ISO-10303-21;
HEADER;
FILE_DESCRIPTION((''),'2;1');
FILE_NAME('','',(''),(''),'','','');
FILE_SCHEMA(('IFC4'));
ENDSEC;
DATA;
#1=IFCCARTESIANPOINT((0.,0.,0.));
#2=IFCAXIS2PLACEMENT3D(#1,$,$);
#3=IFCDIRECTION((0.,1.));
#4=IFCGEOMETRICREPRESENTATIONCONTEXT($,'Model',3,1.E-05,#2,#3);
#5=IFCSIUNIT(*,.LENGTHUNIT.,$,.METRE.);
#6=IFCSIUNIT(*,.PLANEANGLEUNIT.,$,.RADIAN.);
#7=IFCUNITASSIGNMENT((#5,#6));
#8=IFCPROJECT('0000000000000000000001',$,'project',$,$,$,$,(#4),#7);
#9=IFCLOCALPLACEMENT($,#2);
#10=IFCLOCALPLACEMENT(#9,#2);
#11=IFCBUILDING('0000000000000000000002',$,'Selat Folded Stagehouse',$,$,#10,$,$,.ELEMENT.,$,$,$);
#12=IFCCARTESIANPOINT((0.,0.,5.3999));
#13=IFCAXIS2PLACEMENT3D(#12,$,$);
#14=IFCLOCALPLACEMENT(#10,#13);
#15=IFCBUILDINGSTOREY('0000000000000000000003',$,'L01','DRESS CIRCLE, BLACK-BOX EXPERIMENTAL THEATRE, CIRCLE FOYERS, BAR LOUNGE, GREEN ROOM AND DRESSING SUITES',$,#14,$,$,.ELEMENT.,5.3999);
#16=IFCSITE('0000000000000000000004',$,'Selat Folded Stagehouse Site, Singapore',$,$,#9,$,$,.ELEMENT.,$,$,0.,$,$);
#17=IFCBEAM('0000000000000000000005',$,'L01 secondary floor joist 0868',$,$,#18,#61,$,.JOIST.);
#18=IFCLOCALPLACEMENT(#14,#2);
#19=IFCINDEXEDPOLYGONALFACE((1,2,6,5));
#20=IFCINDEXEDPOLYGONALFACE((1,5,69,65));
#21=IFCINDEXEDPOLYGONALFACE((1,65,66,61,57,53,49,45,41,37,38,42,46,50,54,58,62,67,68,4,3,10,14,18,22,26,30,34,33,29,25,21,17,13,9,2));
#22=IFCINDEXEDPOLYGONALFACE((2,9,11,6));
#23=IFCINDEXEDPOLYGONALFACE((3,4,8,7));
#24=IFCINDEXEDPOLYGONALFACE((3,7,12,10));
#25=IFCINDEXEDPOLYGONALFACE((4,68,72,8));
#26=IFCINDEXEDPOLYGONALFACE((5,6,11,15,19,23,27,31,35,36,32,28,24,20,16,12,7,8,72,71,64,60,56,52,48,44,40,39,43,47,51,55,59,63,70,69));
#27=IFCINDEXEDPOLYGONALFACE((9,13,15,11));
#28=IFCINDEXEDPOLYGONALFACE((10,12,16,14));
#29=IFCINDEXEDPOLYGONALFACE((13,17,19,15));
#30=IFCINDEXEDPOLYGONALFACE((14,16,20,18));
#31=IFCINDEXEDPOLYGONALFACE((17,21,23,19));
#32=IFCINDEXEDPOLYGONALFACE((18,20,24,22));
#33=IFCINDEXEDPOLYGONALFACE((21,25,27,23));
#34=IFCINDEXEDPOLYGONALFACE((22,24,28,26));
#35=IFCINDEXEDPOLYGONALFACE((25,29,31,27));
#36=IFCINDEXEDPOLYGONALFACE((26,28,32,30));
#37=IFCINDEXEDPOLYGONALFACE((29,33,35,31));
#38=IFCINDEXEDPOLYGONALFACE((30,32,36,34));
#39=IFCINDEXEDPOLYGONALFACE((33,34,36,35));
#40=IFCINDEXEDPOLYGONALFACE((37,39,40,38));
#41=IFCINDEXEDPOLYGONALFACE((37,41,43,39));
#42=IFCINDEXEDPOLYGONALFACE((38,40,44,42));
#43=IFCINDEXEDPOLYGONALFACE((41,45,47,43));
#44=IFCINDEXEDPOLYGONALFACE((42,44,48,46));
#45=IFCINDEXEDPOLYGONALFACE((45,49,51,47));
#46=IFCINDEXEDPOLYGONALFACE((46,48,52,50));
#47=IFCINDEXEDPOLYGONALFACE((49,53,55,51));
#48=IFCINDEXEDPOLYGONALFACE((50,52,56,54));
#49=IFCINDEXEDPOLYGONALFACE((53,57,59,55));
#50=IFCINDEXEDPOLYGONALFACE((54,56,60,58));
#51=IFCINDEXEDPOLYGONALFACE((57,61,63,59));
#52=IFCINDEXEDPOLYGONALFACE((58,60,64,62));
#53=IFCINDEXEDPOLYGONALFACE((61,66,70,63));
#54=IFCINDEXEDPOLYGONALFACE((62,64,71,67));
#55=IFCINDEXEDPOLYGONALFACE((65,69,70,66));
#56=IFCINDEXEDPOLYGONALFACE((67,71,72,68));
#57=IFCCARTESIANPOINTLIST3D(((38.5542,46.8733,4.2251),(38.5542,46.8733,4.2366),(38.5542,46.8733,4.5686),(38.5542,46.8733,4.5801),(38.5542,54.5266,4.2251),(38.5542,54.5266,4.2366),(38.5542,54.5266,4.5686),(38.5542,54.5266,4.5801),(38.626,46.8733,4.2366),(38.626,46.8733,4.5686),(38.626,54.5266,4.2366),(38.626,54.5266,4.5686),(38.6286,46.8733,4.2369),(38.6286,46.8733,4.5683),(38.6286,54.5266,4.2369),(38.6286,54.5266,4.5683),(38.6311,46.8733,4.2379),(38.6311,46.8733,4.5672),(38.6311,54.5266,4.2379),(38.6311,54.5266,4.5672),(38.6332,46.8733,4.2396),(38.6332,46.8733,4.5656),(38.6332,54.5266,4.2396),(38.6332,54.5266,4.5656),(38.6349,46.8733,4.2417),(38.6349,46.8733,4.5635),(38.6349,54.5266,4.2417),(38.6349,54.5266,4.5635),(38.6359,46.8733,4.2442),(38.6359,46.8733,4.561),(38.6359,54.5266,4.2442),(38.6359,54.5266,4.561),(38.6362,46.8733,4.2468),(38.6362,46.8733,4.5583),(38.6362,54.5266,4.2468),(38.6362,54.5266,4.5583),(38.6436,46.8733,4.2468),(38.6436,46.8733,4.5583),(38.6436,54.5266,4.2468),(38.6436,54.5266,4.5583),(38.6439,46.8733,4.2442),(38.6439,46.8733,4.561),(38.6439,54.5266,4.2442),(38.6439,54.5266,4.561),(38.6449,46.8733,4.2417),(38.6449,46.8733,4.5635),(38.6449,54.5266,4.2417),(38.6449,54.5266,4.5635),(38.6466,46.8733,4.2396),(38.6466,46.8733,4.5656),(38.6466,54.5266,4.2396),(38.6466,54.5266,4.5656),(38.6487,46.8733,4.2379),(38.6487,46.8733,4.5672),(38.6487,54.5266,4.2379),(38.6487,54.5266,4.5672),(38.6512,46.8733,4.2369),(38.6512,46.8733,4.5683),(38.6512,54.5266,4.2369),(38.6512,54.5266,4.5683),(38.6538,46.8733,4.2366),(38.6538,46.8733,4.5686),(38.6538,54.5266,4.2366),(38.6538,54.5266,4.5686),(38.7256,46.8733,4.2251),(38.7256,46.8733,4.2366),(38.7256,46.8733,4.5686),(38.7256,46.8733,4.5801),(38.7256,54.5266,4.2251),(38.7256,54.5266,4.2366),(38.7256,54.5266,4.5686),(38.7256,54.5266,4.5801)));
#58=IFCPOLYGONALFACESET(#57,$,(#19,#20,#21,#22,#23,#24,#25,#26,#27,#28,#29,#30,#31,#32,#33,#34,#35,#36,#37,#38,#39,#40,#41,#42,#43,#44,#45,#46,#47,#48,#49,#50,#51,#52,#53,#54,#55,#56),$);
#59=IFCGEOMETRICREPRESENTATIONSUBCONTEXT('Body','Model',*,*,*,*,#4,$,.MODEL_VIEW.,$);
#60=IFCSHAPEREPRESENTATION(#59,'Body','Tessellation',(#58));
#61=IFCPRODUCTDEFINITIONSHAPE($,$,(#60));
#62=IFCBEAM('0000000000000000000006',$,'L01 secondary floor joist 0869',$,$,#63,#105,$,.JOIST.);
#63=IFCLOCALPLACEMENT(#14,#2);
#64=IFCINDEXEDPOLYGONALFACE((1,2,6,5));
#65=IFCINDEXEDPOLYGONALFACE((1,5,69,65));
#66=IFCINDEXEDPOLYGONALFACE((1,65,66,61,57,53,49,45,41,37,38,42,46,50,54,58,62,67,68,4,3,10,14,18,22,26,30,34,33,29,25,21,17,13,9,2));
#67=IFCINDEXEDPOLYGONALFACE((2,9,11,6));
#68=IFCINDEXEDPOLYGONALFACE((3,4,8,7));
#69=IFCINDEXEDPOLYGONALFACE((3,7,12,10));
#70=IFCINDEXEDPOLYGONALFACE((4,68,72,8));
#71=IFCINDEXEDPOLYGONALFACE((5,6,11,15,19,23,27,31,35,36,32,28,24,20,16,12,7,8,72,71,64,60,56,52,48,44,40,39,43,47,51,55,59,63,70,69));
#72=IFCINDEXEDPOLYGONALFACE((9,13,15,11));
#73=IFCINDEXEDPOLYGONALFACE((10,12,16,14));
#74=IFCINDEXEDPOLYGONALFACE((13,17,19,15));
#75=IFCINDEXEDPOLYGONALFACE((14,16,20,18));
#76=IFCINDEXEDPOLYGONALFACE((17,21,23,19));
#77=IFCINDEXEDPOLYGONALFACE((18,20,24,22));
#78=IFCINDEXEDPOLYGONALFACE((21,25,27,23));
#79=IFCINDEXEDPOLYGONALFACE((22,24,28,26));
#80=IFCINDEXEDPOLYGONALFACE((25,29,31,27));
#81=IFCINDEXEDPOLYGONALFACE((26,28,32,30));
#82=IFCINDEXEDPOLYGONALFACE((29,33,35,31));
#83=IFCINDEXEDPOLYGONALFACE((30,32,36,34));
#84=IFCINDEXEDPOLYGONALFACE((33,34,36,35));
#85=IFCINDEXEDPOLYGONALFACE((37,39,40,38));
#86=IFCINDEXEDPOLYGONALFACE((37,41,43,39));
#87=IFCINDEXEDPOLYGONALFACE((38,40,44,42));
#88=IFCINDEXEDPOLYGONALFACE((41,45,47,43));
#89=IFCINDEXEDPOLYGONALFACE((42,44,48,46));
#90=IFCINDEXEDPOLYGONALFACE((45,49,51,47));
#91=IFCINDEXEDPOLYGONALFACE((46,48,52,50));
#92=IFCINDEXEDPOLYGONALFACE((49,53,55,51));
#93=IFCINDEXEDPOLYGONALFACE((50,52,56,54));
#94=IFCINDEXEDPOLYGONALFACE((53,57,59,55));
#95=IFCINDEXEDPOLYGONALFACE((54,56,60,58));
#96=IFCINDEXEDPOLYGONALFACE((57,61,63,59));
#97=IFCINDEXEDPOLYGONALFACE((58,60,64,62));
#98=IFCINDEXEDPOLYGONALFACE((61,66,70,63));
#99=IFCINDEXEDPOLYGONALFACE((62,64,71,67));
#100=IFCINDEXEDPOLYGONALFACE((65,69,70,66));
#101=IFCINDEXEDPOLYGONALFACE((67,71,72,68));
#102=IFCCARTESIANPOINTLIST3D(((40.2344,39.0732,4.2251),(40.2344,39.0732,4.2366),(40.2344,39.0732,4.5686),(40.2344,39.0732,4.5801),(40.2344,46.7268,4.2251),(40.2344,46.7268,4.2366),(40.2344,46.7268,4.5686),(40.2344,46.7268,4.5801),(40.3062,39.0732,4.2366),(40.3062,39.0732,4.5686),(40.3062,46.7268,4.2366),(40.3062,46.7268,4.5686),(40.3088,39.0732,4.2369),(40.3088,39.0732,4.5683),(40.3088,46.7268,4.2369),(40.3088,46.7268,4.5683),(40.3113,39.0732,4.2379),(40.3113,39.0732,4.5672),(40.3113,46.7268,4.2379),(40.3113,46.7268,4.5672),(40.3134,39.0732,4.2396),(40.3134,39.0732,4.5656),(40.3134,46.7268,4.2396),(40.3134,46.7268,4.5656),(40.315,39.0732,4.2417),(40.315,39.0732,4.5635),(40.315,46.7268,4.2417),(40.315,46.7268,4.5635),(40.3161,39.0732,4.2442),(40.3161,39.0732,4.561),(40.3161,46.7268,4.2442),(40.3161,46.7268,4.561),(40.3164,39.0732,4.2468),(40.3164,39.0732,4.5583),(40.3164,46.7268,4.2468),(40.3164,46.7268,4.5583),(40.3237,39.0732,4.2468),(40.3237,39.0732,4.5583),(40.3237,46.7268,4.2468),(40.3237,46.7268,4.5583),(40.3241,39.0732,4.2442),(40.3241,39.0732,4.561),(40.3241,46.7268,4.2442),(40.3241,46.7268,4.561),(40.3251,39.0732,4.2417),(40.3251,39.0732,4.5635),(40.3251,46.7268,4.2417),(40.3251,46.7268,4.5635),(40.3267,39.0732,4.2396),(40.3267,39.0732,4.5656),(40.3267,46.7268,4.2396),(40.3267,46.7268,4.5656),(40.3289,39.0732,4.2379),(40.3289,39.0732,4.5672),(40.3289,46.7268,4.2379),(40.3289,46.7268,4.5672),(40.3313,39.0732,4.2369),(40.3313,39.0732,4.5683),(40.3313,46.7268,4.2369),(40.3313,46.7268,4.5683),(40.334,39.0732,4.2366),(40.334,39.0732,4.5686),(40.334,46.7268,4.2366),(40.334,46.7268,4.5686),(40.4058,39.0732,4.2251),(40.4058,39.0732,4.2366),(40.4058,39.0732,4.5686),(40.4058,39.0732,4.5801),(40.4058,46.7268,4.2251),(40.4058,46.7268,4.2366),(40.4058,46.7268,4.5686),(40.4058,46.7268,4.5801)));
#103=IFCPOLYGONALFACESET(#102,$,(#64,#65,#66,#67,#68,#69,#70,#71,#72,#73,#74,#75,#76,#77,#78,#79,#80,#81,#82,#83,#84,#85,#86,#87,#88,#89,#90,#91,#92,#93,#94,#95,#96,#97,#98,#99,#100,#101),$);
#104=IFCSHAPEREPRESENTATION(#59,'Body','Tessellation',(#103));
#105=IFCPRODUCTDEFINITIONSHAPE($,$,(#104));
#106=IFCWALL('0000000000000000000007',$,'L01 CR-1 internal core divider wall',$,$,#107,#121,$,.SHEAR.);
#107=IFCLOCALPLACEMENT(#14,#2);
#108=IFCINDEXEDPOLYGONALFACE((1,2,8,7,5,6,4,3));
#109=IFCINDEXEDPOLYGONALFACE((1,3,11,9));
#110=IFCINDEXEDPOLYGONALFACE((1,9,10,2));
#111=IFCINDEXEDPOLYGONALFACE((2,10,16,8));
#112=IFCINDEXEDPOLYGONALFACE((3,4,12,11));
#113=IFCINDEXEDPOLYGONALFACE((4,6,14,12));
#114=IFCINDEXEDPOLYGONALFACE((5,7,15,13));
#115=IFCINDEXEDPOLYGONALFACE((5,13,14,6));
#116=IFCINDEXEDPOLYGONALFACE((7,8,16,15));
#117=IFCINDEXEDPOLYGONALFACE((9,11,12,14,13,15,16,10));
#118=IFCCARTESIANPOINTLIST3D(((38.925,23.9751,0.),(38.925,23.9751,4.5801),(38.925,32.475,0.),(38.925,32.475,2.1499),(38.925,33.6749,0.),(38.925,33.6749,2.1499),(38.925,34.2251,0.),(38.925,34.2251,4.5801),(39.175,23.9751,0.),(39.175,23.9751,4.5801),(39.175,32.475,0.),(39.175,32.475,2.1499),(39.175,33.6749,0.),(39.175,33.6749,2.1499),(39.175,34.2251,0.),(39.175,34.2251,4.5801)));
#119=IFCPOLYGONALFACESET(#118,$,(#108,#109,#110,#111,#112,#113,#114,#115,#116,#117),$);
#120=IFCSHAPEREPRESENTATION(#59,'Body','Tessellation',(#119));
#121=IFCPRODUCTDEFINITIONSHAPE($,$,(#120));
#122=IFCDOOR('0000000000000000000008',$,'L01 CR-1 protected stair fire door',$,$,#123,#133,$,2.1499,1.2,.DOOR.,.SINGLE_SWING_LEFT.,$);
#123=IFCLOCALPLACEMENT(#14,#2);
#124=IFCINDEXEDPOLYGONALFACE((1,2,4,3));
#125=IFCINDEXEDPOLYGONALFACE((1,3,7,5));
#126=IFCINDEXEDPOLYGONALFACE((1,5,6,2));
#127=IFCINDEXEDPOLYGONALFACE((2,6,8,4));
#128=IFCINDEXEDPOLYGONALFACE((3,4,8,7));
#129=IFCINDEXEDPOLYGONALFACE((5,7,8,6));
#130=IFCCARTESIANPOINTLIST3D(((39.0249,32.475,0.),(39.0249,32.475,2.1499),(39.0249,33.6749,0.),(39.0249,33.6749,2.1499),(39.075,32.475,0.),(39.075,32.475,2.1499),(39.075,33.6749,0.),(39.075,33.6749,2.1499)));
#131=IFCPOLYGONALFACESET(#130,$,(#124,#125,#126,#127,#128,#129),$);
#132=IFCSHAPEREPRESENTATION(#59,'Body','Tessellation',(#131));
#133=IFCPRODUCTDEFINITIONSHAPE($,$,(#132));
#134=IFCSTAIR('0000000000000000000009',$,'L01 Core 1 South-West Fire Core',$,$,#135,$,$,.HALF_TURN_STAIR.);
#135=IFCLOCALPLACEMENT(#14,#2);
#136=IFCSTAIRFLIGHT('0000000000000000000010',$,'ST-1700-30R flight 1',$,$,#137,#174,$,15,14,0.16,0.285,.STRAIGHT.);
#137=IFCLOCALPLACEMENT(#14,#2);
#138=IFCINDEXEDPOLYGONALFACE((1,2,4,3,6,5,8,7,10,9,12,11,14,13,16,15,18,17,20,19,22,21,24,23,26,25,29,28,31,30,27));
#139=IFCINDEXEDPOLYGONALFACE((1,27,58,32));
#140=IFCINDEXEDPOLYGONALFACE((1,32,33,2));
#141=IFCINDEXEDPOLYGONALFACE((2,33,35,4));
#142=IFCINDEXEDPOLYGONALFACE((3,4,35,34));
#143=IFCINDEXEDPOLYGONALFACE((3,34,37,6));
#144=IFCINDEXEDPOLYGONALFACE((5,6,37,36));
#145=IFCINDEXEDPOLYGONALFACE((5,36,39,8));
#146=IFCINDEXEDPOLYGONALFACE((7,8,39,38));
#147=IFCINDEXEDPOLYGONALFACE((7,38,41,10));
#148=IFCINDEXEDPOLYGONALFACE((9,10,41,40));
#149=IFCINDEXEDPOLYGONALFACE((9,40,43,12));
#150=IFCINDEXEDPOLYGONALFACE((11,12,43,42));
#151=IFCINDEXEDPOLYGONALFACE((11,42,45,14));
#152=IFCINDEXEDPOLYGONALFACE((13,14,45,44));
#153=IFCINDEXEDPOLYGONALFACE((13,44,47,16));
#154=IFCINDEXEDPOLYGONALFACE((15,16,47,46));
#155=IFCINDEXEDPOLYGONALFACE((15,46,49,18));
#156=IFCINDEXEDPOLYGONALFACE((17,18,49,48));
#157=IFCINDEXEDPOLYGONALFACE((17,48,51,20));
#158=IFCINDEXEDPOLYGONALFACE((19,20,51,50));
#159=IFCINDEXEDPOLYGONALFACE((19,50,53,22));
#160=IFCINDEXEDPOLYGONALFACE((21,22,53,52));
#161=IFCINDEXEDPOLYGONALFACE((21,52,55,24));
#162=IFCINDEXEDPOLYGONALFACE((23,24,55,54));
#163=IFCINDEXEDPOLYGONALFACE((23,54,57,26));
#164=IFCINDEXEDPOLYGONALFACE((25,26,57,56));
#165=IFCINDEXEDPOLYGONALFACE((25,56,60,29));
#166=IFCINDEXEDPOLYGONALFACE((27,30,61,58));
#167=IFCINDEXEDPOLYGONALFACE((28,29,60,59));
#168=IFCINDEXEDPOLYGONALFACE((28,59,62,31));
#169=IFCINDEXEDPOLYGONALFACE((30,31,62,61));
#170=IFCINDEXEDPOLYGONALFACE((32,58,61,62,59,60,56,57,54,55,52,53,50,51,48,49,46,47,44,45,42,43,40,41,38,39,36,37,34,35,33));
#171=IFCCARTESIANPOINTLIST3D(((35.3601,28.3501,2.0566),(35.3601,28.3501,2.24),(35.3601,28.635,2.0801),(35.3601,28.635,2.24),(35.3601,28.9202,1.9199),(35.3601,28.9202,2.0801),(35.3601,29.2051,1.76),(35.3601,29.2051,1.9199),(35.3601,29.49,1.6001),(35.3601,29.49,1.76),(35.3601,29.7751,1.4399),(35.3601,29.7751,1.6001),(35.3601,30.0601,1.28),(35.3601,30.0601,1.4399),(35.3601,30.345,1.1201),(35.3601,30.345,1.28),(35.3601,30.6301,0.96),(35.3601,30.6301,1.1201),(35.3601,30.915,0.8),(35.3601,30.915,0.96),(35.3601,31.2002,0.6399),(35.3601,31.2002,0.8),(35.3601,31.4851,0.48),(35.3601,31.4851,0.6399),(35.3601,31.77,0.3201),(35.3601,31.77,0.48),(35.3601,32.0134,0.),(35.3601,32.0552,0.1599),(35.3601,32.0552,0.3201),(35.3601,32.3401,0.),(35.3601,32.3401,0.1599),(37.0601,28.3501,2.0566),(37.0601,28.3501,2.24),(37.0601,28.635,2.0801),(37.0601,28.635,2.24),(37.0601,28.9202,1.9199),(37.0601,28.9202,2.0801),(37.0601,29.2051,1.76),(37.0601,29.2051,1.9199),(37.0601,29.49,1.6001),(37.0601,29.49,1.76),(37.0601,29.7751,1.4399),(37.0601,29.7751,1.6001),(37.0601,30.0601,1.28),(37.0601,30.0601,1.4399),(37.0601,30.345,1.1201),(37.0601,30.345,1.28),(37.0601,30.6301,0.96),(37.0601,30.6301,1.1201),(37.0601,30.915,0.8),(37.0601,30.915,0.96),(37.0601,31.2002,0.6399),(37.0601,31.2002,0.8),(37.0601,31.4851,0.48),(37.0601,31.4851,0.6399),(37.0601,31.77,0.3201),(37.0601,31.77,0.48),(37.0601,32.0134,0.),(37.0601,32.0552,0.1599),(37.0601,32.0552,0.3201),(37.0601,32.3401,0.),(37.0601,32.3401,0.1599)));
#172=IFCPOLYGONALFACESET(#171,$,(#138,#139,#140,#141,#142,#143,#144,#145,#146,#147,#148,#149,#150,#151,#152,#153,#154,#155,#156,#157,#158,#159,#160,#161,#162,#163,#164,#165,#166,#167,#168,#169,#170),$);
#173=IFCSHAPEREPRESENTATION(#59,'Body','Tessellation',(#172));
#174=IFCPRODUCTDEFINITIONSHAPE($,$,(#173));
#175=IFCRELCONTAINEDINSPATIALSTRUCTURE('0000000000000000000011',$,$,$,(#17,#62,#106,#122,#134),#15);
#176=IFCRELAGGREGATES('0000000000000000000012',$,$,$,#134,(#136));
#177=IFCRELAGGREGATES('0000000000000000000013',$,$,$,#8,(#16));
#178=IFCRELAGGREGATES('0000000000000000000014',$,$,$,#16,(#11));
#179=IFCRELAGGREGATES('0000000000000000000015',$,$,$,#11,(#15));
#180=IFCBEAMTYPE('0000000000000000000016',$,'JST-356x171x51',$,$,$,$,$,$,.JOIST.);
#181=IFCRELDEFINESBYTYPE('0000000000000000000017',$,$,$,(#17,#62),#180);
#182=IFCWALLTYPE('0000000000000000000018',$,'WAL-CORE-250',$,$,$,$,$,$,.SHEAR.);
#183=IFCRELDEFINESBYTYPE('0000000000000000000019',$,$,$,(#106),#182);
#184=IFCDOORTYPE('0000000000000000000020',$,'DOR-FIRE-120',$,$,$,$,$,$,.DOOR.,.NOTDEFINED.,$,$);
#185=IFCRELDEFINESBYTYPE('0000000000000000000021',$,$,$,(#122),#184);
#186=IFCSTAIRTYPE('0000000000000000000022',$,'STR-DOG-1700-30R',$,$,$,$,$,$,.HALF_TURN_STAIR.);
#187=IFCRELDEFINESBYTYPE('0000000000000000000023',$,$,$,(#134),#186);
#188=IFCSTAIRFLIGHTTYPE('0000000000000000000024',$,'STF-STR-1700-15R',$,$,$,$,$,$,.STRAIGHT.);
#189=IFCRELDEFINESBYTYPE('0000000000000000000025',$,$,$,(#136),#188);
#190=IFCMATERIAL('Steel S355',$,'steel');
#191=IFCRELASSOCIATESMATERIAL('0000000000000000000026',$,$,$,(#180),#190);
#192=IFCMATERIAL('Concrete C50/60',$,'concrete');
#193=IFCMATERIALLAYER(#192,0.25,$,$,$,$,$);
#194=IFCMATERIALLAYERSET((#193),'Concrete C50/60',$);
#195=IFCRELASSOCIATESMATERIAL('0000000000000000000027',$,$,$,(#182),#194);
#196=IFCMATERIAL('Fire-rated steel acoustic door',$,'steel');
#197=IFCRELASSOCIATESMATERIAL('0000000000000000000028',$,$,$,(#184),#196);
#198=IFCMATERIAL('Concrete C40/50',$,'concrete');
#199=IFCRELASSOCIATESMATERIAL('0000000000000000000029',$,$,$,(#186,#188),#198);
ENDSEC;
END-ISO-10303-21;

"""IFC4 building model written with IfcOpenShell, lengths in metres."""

from ifc_helpers import new_model, si_unit, direction, frame, frame_2d, origin, origin_2d, place, context, subcontext, project, spatial, polyline, rectangle, i_section, outline, extrude, material, layer, layer_set, material_profile, profile_set, type_object, element, fill, aggregate, save


model = new_model("IFC4")

# Units and contexts
model_context = context("Model", 3, precision=1e-05, world=origin(), true_north=direction((0.0, 1.0)))
body_context = subcontext(model_context, "Body", "Model", "MODEL_VIEW")
ifc_project = project(units=[si_unit("LENGTHUNIT", "METRE"), si_unit("PLANEANGLEUNIT", "RADIAN")], contexts=[model_context])

# Site, building, storey
site_placement = place(None, origin())
site = spatial("IfcSite", under=ifc_project, at=site_placement, Name="Selat Folded Stagehouse Site, Singapore", CompositionType="ELEMENT", RefElevation=0.0)
building_placement = place(site_placement, origin())
building = spatial("IfcBuilding", under=site, at=building_placement, Name="Selat Folded Stagehouse", CompositionType="ELEMENT")
storey_placement = place(building_placement, frame((0.0, 0.0, 5.3999)))
storey = spatial("IfcBuildingStorey", under=building, at=storey_placement, Name="L01", Description="DRESS CIRCLE, BLACK-BOX EXPERIMENTAL THEATRE, CIRCLE FOYERS, BAR LOUNGE, GREEN ROOM AND DRESSING SUITES", CompositionType="ELEMENT", Elevation=5.3999)

# Beams
ifc_material_1 = material(Name="Steel S355", Category="steel")
ifc_material_profile_1 = material_profile(ifc_material_1, i_section(OverallWidth=0.1714, OverallDepth=0.355, WebThickness=0.0073, FlangeThickness=0.0115, FilletRadius=0.0103, at=origin_2d()), Name="UKB 356x171x51")
ifc_profile_set_1 = profile_set([ifc_material_profile_1], Name="Steel S355")
beam_type_1 = type_object("IfcBeamType", Name="JST-356x171x51", PredefinedType="JOIST", material=ifc_profile_set_1)
beam_1_placement = place(storey_placement, frame((38.6399, 46.8733, 4.4026), z_axis=(0.0, 1.0, 0.0), x_axis=(-1.0, 0.0, 0.0)))
element("IfcBeam", 1, at=beam_1_placement, inside=storey, type_object=beam_type_1, Name="L01 secondary floor joist 0868", PredefinedType="JOIST", context=body_context, shape_type="SweptSolid", body=[
    extrude(i_section(OverallWidth=0.1714, OverallDepth=0.355, WebThickness=0.0073, FlangeThickness=0.0115, FilletRadius=0.0103, at=origin_2d()), origin(), (0.0, 0.0, 1.0), 7.6533),
])
beam_2_placement = place(storey_placement, frame((40.3201, 39.0732, 4.4026), z_axis=(0.0, 1.0, 0.0), x_axis=(-1.0, 0.0, 0.0)))
element("IfcBeam", 2, at=beam_2_placement, inside=storey, type_object=beam_type_1, Name="L01 secondary floor joist 0869", PredefinedType="JOIST", context=body_context, shape_type="SweptSolid", body=[
    extrude(i_section(OverallWidth=0.1714, OverallDepth=0.355, WebThickness=0.0073, FlangeThickness=0.0115, FilletRadius=0.0103, at=origin_2d()), origin(), (0.0, 0.0, 1.0), 7.6536),
])

# Wall, opening, door
ifc_material_2 = material(Name="Concrete C50/60", Category="concrete")
ifc_layer_1 = layer(ifc_material_2, 0.25)
ifc_layer_set_1 = layer_set([ifc_layer_1], Name="Concrete C50/60")
wall_type_1 = type_object("IfcWallType", Name="WAL-CORE-250", PredefinedType="SHEAR", material=ifc_layer_set_1)
wall_1_placement = place(storey_placement, frame((39.05, 34.2251, 0.0), z_axis=(0.0, 0.0, 1.0), x_axis=(0.0, -1.0, 0.0)))
wall_1 = element("IfcWall", 3, at=wall_1_placement, inside=storey, type_object=wall_type_1, Name="L01 CR-1 internal core divider wall", PredefinedType="SHEAR", context=body_context, shape_type="SweptSolid", body=[
    extrude(rectangle(XDim=10.25, YDim=0.25, at=frame_2d((5.125, 0.0))), origin(), (0.0, 0.0, 1.0), 4.5801),
])
opening_1_placement = place(wall_1_placement, frame((0.55, 0.0, 0.0)))
opening_1 = element("IfcOpeningElement", 4, at=opening_1_placement, cuts=wall_1, PredefinedType="OPENING", context=body_context, shape_type="SweptSolid", body=[
    extrude(rectangle(XDim=1.2, YDim=2.1499, at=frame_2d((0.6001, 1.075))), frame((0.0, 0.135, 0.0), z_axis=(0.0, -1.0, 0.0), x_axis=(1.0, 0.0, 0.0)), (0.0, 0.0, 1.0), 0.27),
])
ifc_material_3 = material(Name="Fire-rated steel acoustic door", Category="steel")
door_type_1 = type_object("IfcDoorType", Name="DOR-FIRE-120", OperationType="NOTDEFINED", PredefinedType="DOOR", material=ifc_material_3)
door_1_placement = place(opening_1_placement, origin())
door_1 = element("IfcDoor", 5, at=door_1_placement, inside=storey, type_object=door_type_1, Name="L01 CR-1 protected stair fire door", OperationType="SINGLE_SWING_LEFT", OverallHeight=2.1499, OverallWidth=1.2, PredefinedType="DOOR", context=body_context, shape_type="SweptSolid", body=[
    extrude(rectangle(XDim=1.2, YDim=2.1499, at=frame_2d((0.6001, 1.075))), frame((0.0, 0.0249, 0.0), z_axis=(0.0, -1.0, 0.0), x_axis=(1.0, 0.0, 0.0)), (0.0, 0.0, 1.0), 0.05),
])
fill(opening_1, door_1)

# Stair, stair flight
ifc_material_4 = material(Name="Concrete C40/50", Category="concrete")
stair_type = type_object("IfcStairType", Name="STR-DOG-1700-30R", PredefinedType="HALF_TURN_STAIR", material=ifc_material_4)
stair_placement = place(storey_placement, origin())
stair = element("IfcStair", 6, at=stair_placement, inside=storey, type_object=stair_type, Name="L01 Core 1 South-West Fire Core", PredefinedType="HALF_TURN_STAIR")
stair_flight_type = type_object("IfcStairFlightType", Name="STF-STR-1700-15R", PredefinedType="STRAIGHT", material=ifc_material_4)
stair_flight_1_placement = place(storey_placement, frame((36.21, 32.3401, 0.0), z_axis=(0.0, 0.0, 1.0), x_axis=(0.0, -1.0, 0.0)))
stair_flight_1 = element("IfcStairFlight", 7, at=stair_flight_1_placement, type_object=stair_flight_type, Name="ST-1700-30R flight 1", NumberOfRisers=15, NumberOfTreads=14, PredefinedType="STRAIGHT", RiserHeight=0.16, TreadLength=0.285, context=body_context, shape_type="SweptSolid", body=[
    extrude(outline(polyline([(0.0, 0.0), (0.0, 0.1599), (0.2849, 0.1599), (0.2849, 0.3201), (0.5701, 0.3201), (0.5701, 0.48), (0.855, 0.48), (0.855, 0.6399), (1.1399, 0.6399), (1.1399, 0.8), (1.425, 0.8), (1.425, 0.96), (1.71, 0.96), (1.71, 1.1201), (1.9951, 1.1201), (1.9951, 1.28), (2.28, 1.28), (2.28, 1.4399), (2.5649, 1.4399), (2.5649, 1.6001), (2.8501, 1.6001), (2.8501, 1.76), (3.135, 1.76), (3.135, 1.9199), (3.4199, 1.9199), (3.4199, 2.0801), (3.7051, 2.0801), (3.7051, 2.24), (3.99, 2.24), (3.99, 2.3999), (3.99, 2.0566), (0.3267, 0.0), (0.0, 0.0)])), frame((0.0, 0.8501, 0.0), z_axis=(0.0, -1.0, 0.0), x_axis=(1.0, 0.0, 0.0)), (0.0, 0.0, 1.0), 1.7),
])
aggregate(stair, [stair_flight_1])

save(model, "model.ifc")
